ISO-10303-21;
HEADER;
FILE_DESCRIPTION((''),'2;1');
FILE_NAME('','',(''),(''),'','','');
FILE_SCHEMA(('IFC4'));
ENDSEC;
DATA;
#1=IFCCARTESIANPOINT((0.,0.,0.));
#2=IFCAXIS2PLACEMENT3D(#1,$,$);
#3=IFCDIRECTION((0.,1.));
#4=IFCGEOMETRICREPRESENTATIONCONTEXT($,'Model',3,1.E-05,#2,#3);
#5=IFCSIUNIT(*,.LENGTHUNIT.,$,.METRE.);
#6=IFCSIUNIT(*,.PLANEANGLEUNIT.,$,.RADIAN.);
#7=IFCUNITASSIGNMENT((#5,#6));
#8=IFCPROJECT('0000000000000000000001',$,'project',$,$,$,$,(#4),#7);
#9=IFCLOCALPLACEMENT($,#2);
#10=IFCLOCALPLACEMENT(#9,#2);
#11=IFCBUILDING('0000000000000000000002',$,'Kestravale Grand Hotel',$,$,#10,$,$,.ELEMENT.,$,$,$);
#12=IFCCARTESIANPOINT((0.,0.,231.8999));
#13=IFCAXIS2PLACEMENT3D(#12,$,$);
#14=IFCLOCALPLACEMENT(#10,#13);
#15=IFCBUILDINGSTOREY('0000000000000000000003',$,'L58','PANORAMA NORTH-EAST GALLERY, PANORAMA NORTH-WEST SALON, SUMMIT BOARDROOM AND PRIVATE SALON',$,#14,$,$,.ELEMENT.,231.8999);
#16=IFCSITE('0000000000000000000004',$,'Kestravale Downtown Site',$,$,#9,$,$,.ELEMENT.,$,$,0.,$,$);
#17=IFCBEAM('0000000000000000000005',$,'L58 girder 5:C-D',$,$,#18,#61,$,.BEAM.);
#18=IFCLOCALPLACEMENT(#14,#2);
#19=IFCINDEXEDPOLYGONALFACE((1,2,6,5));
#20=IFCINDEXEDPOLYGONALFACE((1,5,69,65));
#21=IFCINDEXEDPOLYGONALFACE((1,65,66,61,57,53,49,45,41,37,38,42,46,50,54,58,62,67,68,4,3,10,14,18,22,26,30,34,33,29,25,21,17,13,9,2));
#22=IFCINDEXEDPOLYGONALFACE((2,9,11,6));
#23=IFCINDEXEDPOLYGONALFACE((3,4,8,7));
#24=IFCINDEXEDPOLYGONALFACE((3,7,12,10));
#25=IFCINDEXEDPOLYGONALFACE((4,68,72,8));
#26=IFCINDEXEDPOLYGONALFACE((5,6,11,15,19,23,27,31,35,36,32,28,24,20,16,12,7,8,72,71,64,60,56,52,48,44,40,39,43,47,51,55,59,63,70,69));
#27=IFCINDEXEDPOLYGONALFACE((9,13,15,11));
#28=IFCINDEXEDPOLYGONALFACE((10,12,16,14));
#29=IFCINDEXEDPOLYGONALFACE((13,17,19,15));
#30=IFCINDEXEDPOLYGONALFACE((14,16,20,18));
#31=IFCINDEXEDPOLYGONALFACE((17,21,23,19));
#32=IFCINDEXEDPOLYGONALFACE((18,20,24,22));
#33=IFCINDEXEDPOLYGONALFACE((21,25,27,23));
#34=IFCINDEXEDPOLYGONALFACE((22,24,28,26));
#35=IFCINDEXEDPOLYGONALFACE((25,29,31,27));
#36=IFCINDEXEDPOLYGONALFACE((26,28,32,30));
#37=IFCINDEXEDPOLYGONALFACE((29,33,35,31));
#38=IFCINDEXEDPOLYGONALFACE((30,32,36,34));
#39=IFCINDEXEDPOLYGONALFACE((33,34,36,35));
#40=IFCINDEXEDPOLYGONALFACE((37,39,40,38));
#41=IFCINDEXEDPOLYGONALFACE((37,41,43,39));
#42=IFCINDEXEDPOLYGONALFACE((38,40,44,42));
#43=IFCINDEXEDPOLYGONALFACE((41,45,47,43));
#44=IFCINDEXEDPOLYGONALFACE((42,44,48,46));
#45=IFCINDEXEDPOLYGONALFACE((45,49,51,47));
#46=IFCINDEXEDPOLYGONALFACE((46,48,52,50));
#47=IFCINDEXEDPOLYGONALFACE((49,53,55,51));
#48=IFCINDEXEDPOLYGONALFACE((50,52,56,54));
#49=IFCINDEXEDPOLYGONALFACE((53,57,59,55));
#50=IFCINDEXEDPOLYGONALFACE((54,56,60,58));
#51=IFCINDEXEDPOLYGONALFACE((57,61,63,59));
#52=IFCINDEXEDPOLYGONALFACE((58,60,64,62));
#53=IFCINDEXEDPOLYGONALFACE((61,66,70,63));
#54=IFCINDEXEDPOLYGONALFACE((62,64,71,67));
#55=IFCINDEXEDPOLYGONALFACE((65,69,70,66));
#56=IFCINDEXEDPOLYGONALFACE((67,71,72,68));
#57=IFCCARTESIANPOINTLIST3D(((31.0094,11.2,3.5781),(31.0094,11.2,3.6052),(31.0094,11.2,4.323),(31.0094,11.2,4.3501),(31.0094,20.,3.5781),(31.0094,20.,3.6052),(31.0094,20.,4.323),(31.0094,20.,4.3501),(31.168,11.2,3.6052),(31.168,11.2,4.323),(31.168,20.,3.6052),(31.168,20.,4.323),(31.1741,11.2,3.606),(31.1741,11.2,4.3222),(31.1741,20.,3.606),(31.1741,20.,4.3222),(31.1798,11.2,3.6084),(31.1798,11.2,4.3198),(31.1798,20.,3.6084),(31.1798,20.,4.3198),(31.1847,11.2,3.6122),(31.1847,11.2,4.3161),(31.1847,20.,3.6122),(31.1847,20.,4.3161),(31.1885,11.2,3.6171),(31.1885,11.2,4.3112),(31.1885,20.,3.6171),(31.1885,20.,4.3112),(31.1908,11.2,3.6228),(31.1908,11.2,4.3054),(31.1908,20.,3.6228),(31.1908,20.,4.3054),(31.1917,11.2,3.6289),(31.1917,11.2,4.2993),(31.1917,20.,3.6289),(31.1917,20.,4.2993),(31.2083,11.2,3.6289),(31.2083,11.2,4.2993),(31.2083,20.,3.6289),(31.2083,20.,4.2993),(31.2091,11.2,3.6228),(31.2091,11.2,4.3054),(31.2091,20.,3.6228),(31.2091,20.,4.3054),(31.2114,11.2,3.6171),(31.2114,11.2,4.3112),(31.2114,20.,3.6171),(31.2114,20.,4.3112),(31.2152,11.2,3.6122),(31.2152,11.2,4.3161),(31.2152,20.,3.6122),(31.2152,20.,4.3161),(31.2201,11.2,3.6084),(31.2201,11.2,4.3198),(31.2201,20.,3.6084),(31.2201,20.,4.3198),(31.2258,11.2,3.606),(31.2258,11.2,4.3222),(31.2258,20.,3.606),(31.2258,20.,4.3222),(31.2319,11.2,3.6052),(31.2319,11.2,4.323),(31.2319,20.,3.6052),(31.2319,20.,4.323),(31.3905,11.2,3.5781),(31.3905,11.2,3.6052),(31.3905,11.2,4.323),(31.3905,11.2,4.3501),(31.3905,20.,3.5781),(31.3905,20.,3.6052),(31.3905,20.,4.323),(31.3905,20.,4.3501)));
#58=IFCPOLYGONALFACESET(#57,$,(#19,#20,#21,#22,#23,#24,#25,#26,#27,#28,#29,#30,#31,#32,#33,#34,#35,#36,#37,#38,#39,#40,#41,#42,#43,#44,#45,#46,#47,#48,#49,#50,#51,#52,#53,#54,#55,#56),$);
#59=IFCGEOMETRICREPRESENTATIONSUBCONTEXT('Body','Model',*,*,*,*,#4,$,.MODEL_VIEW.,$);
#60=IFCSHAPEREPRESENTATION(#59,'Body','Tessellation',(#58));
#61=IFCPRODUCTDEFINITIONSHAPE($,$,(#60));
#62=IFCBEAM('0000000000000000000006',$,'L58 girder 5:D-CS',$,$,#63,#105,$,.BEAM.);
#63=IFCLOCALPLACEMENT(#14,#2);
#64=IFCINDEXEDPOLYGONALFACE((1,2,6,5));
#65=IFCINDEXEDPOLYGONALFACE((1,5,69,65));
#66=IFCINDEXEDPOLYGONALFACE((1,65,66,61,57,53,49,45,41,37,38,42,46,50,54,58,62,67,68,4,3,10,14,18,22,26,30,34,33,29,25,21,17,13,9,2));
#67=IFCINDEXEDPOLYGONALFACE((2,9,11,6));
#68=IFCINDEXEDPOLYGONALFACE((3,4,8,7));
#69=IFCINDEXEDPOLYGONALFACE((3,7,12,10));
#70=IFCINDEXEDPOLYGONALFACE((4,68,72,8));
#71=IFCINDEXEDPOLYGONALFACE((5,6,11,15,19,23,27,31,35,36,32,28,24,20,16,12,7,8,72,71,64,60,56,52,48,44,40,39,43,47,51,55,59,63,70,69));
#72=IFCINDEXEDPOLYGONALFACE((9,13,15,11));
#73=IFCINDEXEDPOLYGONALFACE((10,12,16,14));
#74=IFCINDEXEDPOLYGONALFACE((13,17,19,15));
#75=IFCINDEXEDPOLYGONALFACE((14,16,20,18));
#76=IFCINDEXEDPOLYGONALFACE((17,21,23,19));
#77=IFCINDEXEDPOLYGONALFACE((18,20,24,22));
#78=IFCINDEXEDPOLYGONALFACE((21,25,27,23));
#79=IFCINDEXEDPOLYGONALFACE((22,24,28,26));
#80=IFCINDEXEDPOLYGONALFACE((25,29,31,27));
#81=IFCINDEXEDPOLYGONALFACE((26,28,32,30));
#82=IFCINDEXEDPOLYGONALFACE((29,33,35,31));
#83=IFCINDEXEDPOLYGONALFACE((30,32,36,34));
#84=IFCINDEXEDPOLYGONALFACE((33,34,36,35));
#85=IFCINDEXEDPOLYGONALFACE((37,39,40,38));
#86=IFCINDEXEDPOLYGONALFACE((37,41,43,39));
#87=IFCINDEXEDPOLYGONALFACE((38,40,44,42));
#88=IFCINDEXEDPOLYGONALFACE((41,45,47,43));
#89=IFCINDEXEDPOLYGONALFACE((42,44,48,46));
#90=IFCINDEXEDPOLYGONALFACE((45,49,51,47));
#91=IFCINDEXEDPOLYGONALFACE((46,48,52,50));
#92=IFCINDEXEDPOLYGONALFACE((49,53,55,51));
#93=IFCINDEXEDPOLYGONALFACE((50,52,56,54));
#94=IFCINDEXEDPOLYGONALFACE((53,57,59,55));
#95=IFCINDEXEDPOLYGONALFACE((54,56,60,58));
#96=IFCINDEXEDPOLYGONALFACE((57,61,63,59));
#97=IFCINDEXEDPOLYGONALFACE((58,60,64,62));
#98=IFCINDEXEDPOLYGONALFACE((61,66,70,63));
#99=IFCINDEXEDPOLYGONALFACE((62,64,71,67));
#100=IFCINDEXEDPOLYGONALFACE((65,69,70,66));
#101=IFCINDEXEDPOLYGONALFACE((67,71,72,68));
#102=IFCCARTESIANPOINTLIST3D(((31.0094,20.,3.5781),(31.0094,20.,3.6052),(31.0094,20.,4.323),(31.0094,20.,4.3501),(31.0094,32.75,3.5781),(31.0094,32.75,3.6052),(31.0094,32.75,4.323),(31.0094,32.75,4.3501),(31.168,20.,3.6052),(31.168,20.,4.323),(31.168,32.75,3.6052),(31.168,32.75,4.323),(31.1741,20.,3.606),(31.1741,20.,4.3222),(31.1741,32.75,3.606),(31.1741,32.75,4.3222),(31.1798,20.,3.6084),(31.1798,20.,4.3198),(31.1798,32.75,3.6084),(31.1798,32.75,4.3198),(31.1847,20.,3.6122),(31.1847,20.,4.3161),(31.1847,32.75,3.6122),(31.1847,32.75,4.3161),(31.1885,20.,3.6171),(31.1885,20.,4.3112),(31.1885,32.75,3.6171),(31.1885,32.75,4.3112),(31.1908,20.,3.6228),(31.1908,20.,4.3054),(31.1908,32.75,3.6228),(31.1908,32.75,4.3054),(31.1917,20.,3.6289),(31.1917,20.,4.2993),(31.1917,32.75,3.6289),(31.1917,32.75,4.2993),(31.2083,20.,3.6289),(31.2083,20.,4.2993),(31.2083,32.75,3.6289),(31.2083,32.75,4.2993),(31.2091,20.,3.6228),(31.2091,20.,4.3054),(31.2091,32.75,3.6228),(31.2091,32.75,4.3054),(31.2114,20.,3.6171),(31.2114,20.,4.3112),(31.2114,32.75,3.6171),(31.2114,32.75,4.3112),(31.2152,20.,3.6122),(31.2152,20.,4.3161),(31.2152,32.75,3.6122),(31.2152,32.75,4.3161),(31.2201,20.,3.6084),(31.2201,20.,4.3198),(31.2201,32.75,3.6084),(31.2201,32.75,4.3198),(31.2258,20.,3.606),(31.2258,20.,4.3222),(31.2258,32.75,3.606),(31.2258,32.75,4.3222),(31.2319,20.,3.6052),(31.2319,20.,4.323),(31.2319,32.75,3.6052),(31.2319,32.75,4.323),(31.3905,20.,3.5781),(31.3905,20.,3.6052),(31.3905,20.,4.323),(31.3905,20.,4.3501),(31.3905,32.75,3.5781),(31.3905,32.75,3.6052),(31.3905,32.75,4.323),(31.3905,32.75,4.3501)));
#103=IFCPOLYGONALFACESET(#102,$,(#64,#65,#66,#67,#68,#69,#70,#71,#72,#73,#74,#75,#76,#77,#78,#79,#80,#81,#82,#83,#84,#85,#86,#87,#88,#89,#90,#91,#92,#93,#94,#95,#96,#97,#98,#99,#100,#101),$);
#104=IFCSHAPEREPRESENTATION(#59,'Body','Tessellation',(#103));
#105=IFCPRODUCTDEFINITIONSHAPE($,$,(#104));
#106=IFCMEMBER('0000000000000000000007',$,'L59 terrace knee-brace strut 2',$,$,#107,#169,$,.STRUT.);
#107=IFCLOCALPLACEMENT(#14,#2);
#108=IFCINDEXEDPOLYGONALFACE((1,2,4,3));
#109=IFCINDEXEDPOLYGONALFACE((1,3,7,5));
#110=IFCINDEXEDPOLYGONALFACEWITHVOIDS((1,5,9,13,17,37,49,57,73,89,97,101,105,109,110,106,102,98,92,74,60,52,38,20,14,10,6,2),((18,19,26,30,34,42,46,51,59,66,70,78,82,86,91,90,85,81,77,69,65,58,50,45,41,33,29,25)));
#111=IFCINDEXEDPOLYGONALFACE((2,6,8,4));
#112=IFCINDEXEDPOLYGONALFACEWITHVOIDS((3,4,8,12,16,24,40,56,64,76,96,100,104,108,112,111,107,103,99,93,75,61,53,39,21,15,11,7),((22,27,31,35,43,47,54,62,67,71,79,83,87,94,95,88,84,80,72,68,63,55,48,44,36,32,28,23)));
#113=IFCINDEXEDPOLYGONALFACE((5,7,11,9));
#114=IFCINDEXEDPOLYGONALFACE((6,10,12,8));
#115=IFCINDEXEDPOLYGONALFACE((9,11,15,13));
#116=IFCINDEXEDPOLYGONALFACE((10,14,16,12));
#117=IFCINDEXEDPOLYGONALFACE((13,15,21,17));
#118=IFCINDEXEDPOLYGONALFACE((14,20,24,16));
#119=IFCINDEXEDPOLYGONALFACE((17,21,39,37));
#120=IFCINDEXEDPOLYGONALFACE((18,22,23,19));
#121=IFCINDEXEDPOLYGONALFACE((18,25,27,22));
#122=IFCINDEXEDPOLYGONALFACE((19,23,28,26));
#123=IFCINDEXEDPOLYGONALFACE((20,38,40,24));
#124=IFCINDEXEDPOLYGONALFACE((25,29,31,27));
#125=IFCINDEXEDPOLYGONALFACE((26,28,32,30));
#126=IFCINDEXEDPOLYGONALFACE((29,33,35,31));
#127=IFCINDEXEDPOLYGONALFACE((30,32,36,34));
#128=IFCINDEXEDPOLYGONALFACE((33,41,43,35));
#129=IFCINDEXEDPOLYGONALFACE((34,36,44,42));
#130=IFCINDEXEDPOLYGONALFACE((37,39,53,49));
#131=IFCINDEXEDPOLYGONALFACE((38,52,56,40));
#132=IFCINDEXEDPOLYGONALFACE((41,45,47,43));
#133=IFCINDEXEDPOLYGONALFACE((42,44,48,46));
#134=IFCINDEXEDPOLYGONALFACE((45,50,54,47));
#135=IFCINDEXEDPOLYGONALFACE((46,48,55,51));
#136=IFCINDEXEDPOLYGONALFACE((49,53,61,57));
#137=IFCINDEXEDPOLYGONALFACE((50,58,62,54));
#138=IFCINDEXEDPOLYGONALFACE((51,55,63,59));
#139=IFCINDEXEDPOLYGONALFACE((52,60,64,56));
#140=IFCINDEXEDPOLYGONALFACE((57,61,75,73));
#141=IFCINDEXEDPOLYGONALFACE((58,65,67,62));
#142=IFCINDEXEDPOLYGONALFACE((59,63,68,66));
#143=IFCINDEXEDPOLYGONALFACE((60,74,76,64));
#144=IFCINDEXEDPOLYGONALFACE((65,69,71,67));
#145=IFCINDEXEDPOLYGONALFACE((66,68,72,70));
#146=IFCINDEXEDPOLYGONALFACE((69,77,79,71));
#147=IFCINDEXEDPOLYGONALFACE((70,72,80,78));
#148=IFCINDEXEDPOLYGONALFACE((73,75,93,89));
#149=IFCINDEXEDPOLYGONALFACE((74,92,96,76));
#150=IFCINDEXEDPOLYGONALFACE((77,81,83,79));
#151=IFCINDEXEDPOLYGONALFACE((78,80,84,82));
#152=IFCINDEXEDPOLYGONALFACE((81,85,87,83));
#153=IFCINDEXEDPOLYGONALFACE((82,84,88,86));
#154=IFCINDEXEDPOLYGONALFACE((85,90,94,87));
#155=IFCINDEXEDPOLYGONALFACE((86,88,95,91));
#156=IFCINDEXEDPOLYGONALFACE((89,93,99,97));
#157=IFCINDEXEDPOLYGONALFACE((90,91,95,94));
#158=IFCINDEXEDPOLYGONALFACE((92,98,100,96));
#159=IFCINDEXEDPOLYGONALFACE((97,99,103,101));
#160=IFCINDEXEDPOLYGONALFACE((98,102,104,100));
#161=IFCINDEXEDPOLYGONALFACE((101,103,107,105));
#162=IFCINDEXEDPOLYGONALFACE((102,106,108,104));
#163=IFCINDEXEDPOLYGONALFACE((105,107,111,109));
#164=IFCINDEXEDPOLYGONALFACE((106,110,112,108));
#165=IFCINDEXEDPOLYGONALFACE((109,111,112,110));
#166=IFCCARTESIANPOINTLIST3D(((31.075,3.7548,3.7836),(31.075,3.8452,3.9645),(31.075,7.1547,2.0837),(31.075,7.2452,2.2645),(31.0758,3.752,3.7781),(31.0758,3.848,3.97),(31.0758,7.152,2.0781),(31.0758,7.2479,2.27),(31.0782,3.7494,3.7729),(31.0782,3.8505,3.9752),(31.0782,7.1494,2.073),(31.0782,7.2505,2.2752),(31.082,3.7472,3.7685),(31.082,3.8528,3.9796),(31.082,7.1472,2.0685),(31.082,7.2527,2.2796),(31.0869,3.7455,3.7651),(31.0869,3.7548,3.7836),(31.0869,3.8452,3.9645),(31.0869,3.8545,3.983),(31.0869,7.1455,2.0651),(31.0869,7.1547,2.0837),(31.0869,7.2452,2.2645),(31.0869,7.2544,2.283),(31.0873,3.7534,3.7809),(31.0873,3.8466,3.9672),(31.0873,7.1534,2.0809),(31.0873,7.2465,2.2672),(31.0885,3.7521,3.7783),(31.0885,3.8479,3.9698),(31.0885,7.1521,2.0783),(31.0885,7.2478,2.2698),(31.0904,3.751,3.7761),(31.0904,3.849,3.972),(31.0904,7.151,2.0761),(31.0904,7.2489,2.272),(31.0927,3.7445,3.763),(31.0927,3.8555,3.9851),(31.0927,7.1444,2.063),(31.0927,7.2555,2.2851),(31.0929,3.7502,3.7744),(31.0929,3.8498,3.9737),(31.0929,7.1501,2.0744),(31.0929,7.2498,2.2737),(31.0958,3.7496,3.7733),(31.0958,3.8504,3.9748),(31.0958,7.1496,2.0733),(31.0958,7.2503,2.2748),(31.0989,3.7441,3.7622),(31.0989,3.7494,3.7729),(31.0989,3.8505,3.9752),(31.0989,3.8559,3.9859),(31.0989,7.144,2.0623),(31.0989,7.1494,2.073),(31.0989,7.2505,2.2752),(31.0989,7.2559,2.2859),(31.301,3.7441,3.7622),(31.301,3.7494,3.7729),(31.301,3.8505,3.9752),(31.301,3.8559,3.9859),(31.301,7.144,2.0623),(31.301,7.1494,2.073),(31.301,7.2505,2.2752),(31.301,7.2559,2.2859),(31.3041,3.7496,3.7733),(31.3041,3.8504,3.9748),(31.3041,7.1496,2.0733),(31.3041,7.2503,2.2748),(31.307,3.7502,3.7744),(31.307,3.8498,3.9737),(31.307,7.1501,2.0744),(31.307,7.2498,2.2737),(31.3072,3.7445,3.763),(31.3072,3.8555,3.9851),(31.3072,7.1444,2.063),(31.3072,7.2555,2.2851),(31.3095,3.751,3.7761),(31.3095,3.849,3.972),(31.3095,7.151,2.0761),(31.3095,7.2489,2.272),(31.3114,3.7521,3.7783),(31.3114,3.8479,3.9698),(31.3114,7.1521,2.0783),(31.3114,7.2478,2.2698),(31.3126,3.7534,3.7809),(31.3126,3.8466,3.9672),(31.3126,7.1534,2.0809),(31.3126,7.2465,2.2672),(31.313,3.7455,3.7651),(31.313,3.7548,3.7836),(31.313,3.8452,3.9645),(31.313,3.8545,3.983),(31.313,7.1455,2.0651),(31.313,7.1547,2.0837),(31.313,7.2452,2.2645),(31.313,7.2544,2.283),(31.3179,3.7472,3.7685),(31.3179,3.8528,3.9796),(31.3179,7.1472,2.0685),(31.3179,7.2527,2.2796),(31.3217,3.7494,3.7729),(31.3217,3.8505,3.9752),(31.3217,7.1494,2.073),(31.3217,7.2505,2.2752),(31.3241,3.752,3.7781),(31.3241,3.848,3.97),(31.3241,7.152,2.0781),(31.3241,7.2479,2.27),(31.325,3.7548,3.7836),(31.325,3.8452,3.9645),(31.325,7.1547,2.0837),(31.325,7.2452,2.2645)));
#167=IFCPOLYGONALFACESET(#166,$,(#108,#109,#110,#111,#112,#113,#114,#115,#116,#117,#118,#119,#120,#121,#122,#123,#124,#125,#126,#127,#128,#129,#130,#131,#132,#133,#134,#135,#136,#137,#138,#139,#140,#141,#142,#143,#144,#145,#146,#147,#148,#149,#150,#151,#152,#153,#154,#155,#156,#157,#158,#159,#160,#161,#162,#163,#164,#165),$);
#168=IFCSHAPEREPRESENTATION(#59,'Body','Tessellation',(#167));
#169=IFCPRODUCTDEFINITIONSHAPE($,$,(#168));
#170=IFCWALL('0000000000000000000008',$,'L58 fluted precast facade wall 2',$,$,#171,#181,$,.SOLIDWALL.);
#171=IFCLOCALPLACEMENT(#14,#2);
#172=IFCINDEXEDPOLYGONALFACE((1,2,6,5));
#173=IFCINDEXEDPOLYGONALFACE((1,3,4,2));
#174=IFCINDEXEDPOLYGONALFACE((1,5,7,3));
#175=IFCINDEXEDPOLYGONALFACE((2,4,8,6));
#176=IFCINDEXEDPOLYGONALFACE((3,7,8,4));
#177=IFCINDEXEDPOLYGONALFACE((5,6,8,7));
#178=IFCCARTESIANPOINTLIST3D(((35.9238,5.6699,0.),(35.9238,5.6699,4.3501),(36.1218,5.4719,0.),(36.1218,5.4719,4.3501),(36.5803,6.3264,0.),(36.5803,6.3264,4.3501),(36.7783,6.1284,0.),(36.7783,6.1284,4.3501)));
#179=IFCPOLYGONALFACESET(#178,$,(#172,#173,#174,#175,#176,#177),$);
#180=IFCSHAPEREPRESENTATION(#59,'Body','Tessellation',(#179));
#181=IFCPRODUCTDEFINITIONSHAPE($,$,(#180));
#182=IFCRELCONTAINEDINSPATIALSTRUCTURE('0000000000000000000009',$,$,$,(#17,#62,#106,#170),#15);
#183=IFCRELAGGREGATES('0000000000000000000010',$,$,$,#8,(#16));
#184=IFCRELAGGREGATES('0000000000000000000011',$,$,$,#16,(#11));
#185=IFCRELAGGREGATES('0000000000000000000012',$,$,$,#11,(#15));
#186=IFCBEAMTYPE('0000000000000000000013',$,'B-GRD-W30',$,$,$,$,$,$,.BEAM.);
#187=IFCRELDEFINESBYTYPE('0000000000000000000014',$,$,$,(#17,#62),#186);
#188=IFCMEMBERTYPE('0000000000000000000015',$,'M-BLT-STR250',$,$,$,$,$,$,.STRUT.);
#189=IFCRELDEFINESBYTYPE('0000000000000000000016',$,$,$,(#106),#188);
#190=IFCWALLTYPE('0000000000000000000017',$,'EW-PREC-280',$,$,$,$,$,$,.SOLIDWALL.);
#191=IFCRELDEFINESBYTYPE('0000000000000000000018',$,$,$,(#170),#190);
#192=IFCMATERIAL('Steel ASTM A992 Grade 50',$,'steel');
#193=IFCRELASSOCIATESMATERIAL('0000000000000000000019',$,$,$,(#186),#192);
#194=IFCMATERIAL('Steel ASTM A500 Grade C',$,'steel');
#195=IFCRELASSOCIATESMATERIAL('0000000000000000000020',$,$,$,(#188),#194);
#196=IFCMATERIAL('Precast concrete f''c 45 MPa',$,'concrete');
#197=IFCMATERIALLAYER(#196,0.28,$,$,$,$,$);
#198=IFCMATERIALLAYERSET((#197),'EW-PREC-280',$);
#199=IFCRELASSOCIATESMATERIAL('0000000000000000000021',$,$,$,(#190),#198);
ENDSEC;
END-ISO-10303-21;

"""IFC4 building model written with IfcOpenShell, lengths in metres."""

from ifc_helpers import new_model, si_unit, direction, frame, frame_2d, origin, origin_2d, place, context, subcontext, project, spatial, rectangle, hollow_rectangle, i_section, extrude, material, layer, layer_set, material_profile, profile_set, type_object, element, save


model = new_model("IFC4")

# Units and contexts
model_context = context("Model", 3, precision=1e-05, world=origin(), true_north=direction((0.0, 1.0)))
body_context = subcontext(model_context, "Body", "Model", "MODEL_VIEW")
ifc_project = project(units=[si_unit("LENGTHUNIT", "METRE"), si_unit("PLANEANGLEUNIT", "RADIAN")], contexts=[model_context])

# Site, building, storey
site_placement = place(None, origin())
site = spatial("IfcSite", under=ifc_project, at=site_placement, Name="Kestravale Downtown Site", CompositionType="ELEMENT", RefElevation=0.0)
building_placement = place(site_placement, origin())
building = spatial("IfcBuilding", under=site, at=building_placement, Name="Kestravale Grand Hotel", CompositionType="ELEMENT")
storey_placement = place(building_placement, frame((0.0, 0.0, 231.8999)))
storey = spatial("IfcBuildingStorey", under=building, at=storey_placement, Name="L58", Description="PANORAMA NORTH-EAST GALLERY, PANORAMA NORTH-WEST SALON, SUMMIT BOARDROOM AND PRIVATE SALON", CompositionType="ELEMENT", Elevation=231.8999)

# Beams
ifc_material_1 = material(Name="Steel ASTM A992 Grade 50", Category="steel")
ifc_material_profile_1 = material_profile(ifc_material_1, i_section(OverallWidth=0.3811, OverallDepth=0.772, WebThickness=0.0166, FlangeThickness=0.0271, FilletRadius=0.0237, at=origin_2d()))
ifc_profile_set_1 = profile_set([ifc_material_profile_1], Name="Steel ASTM A992 Grade 50")
beam_type_1 = type_object("IfcBeamType", Name="B-GRD-W30", PredefinedType="BEAM", material=ifc_profile_set_1)
beam_1_placement = place(storey_placement, frame((31.2, 11.2, 3.9641), z_axis=(0.0, 1.0, 0.0), x_axis=(-1.0, 0.0, 0.0)))
element("IfcBeam", 1, at=beam_1_placement, inside=storey, type_object=beam_type_1, Name="L58 girder 5:C-D", PredefinedType="BEAM", context=body_context, shape_type="SweptSolid", body=[
    extrude(i_section(OverallWidth=0.3811, OverallDepth=0.772, WebThickness=0.0166, FlangeThickness=0.0271, FilletRadius=0.0237, at=origin_2d()), origin(), (0.0, 0.0, 1.0), 8.8),
])
beam_2_placement = place(storey_placement, frame((31.2, 20.0, 3.9641), z_axis=(0.0, 1.0, 0.0), x_axis=(-1.0, 0.0, 0.0)))
element("IfcBeam", 2, at=beam_2_placement, inside=storey, type_object=beam_type_1, Name="L58 girder 5:D-CS", PredefinedType="BEAM", context=body_context, shape_type="SweptSolid", body=[
    extrude(i_section(OverallWidth=0.3811, OverallDepth=0.772, WebThickness=0.0166, FlangeThickness=0.0271, FilletRadius=0.0237, at=origin_2d()), origin(), (0.0, 0.0, 1.0), 12.75),
])

# Member
ifc_material_2 = material(Name="Steel ASTM A500 Grade C", Category="steel")
ifc_material_profile_2 = material_profile(ifc_material_2, hollow_rectangle(XDim=0.25, YDim=0.25, WallThickness=0.012, InnerFilletRadius=0.012, OuterFilletRadius=0.0239, at=origin_2d()))
ifc_profile_set_2 = profile_set([ifc_material_profile_2], Name="Steel ASTM A500 Grade C")
member_type = type_object("IfcMemberType", Name="M-BLT-STR250", PredefinedType="STRUT", material=ifc_profile_set_2)
member_placement = place(storey_placement, frame((31.2, 7.2, 2.1741), z_axis=(0.0, -0.894427, 0.447214), x_axis=(1.0, 0.0, 0.0)))
element("IfcMember", 3, at=member_placement, inside=storey, type_object=member_type, Name="L59 terrace knee-brace strut 2", PredefinedType="STRUT", context=body_context, shape_type="SweptSolid", body=[
    extrude(hollow_rectangle(XDim=0.25, YDim=0.25, WallThickness=0.012, InnerFilletRadius=0.012, OuterFilletRadius=0.0239, at=origin_2d()), origin(), (0.0, 0.0, 1.0), 3.8013),
])

# Wall
ifc_material_3 = material(Name="Precast concrete f'c 45 MPa", Category="concrete")
ifc_layer_1 = layer(ifc_material_3, 0.28)
ifc_layer_set_1 = layer_set([ifc_layer_1], Name="EW-PREC-280")
wall_type_1 = type_object("IfcWallType", Name="EW-PREC-280", PredefinedType="SOLIDWALL", material=ifc_layer_set_1)
wall_1_placement = place(storey_placement, frame((36.0227, 5.5708, 0.0), z_axis=(0.0, 0.0, 1.0), x_axis=(0.707107, 0.707107, 0.0)))
element("IfcWall", 4, at=wall_1_placement, inside=storey, type_object=wall_type_1, Name="L58 fluted precast facade wall 2", PredefinedType="SOLIDWALL", context=body_context, shape_type="SweptSolid", body=[
    extrude(rectangle(XDim=0.9285, YDim=0.28, at=frame_2d((0.4644, 0.0))), origin(), (0.0, 0.0, 1.0), 4.3501),
])

save(model, "model.ifc")
